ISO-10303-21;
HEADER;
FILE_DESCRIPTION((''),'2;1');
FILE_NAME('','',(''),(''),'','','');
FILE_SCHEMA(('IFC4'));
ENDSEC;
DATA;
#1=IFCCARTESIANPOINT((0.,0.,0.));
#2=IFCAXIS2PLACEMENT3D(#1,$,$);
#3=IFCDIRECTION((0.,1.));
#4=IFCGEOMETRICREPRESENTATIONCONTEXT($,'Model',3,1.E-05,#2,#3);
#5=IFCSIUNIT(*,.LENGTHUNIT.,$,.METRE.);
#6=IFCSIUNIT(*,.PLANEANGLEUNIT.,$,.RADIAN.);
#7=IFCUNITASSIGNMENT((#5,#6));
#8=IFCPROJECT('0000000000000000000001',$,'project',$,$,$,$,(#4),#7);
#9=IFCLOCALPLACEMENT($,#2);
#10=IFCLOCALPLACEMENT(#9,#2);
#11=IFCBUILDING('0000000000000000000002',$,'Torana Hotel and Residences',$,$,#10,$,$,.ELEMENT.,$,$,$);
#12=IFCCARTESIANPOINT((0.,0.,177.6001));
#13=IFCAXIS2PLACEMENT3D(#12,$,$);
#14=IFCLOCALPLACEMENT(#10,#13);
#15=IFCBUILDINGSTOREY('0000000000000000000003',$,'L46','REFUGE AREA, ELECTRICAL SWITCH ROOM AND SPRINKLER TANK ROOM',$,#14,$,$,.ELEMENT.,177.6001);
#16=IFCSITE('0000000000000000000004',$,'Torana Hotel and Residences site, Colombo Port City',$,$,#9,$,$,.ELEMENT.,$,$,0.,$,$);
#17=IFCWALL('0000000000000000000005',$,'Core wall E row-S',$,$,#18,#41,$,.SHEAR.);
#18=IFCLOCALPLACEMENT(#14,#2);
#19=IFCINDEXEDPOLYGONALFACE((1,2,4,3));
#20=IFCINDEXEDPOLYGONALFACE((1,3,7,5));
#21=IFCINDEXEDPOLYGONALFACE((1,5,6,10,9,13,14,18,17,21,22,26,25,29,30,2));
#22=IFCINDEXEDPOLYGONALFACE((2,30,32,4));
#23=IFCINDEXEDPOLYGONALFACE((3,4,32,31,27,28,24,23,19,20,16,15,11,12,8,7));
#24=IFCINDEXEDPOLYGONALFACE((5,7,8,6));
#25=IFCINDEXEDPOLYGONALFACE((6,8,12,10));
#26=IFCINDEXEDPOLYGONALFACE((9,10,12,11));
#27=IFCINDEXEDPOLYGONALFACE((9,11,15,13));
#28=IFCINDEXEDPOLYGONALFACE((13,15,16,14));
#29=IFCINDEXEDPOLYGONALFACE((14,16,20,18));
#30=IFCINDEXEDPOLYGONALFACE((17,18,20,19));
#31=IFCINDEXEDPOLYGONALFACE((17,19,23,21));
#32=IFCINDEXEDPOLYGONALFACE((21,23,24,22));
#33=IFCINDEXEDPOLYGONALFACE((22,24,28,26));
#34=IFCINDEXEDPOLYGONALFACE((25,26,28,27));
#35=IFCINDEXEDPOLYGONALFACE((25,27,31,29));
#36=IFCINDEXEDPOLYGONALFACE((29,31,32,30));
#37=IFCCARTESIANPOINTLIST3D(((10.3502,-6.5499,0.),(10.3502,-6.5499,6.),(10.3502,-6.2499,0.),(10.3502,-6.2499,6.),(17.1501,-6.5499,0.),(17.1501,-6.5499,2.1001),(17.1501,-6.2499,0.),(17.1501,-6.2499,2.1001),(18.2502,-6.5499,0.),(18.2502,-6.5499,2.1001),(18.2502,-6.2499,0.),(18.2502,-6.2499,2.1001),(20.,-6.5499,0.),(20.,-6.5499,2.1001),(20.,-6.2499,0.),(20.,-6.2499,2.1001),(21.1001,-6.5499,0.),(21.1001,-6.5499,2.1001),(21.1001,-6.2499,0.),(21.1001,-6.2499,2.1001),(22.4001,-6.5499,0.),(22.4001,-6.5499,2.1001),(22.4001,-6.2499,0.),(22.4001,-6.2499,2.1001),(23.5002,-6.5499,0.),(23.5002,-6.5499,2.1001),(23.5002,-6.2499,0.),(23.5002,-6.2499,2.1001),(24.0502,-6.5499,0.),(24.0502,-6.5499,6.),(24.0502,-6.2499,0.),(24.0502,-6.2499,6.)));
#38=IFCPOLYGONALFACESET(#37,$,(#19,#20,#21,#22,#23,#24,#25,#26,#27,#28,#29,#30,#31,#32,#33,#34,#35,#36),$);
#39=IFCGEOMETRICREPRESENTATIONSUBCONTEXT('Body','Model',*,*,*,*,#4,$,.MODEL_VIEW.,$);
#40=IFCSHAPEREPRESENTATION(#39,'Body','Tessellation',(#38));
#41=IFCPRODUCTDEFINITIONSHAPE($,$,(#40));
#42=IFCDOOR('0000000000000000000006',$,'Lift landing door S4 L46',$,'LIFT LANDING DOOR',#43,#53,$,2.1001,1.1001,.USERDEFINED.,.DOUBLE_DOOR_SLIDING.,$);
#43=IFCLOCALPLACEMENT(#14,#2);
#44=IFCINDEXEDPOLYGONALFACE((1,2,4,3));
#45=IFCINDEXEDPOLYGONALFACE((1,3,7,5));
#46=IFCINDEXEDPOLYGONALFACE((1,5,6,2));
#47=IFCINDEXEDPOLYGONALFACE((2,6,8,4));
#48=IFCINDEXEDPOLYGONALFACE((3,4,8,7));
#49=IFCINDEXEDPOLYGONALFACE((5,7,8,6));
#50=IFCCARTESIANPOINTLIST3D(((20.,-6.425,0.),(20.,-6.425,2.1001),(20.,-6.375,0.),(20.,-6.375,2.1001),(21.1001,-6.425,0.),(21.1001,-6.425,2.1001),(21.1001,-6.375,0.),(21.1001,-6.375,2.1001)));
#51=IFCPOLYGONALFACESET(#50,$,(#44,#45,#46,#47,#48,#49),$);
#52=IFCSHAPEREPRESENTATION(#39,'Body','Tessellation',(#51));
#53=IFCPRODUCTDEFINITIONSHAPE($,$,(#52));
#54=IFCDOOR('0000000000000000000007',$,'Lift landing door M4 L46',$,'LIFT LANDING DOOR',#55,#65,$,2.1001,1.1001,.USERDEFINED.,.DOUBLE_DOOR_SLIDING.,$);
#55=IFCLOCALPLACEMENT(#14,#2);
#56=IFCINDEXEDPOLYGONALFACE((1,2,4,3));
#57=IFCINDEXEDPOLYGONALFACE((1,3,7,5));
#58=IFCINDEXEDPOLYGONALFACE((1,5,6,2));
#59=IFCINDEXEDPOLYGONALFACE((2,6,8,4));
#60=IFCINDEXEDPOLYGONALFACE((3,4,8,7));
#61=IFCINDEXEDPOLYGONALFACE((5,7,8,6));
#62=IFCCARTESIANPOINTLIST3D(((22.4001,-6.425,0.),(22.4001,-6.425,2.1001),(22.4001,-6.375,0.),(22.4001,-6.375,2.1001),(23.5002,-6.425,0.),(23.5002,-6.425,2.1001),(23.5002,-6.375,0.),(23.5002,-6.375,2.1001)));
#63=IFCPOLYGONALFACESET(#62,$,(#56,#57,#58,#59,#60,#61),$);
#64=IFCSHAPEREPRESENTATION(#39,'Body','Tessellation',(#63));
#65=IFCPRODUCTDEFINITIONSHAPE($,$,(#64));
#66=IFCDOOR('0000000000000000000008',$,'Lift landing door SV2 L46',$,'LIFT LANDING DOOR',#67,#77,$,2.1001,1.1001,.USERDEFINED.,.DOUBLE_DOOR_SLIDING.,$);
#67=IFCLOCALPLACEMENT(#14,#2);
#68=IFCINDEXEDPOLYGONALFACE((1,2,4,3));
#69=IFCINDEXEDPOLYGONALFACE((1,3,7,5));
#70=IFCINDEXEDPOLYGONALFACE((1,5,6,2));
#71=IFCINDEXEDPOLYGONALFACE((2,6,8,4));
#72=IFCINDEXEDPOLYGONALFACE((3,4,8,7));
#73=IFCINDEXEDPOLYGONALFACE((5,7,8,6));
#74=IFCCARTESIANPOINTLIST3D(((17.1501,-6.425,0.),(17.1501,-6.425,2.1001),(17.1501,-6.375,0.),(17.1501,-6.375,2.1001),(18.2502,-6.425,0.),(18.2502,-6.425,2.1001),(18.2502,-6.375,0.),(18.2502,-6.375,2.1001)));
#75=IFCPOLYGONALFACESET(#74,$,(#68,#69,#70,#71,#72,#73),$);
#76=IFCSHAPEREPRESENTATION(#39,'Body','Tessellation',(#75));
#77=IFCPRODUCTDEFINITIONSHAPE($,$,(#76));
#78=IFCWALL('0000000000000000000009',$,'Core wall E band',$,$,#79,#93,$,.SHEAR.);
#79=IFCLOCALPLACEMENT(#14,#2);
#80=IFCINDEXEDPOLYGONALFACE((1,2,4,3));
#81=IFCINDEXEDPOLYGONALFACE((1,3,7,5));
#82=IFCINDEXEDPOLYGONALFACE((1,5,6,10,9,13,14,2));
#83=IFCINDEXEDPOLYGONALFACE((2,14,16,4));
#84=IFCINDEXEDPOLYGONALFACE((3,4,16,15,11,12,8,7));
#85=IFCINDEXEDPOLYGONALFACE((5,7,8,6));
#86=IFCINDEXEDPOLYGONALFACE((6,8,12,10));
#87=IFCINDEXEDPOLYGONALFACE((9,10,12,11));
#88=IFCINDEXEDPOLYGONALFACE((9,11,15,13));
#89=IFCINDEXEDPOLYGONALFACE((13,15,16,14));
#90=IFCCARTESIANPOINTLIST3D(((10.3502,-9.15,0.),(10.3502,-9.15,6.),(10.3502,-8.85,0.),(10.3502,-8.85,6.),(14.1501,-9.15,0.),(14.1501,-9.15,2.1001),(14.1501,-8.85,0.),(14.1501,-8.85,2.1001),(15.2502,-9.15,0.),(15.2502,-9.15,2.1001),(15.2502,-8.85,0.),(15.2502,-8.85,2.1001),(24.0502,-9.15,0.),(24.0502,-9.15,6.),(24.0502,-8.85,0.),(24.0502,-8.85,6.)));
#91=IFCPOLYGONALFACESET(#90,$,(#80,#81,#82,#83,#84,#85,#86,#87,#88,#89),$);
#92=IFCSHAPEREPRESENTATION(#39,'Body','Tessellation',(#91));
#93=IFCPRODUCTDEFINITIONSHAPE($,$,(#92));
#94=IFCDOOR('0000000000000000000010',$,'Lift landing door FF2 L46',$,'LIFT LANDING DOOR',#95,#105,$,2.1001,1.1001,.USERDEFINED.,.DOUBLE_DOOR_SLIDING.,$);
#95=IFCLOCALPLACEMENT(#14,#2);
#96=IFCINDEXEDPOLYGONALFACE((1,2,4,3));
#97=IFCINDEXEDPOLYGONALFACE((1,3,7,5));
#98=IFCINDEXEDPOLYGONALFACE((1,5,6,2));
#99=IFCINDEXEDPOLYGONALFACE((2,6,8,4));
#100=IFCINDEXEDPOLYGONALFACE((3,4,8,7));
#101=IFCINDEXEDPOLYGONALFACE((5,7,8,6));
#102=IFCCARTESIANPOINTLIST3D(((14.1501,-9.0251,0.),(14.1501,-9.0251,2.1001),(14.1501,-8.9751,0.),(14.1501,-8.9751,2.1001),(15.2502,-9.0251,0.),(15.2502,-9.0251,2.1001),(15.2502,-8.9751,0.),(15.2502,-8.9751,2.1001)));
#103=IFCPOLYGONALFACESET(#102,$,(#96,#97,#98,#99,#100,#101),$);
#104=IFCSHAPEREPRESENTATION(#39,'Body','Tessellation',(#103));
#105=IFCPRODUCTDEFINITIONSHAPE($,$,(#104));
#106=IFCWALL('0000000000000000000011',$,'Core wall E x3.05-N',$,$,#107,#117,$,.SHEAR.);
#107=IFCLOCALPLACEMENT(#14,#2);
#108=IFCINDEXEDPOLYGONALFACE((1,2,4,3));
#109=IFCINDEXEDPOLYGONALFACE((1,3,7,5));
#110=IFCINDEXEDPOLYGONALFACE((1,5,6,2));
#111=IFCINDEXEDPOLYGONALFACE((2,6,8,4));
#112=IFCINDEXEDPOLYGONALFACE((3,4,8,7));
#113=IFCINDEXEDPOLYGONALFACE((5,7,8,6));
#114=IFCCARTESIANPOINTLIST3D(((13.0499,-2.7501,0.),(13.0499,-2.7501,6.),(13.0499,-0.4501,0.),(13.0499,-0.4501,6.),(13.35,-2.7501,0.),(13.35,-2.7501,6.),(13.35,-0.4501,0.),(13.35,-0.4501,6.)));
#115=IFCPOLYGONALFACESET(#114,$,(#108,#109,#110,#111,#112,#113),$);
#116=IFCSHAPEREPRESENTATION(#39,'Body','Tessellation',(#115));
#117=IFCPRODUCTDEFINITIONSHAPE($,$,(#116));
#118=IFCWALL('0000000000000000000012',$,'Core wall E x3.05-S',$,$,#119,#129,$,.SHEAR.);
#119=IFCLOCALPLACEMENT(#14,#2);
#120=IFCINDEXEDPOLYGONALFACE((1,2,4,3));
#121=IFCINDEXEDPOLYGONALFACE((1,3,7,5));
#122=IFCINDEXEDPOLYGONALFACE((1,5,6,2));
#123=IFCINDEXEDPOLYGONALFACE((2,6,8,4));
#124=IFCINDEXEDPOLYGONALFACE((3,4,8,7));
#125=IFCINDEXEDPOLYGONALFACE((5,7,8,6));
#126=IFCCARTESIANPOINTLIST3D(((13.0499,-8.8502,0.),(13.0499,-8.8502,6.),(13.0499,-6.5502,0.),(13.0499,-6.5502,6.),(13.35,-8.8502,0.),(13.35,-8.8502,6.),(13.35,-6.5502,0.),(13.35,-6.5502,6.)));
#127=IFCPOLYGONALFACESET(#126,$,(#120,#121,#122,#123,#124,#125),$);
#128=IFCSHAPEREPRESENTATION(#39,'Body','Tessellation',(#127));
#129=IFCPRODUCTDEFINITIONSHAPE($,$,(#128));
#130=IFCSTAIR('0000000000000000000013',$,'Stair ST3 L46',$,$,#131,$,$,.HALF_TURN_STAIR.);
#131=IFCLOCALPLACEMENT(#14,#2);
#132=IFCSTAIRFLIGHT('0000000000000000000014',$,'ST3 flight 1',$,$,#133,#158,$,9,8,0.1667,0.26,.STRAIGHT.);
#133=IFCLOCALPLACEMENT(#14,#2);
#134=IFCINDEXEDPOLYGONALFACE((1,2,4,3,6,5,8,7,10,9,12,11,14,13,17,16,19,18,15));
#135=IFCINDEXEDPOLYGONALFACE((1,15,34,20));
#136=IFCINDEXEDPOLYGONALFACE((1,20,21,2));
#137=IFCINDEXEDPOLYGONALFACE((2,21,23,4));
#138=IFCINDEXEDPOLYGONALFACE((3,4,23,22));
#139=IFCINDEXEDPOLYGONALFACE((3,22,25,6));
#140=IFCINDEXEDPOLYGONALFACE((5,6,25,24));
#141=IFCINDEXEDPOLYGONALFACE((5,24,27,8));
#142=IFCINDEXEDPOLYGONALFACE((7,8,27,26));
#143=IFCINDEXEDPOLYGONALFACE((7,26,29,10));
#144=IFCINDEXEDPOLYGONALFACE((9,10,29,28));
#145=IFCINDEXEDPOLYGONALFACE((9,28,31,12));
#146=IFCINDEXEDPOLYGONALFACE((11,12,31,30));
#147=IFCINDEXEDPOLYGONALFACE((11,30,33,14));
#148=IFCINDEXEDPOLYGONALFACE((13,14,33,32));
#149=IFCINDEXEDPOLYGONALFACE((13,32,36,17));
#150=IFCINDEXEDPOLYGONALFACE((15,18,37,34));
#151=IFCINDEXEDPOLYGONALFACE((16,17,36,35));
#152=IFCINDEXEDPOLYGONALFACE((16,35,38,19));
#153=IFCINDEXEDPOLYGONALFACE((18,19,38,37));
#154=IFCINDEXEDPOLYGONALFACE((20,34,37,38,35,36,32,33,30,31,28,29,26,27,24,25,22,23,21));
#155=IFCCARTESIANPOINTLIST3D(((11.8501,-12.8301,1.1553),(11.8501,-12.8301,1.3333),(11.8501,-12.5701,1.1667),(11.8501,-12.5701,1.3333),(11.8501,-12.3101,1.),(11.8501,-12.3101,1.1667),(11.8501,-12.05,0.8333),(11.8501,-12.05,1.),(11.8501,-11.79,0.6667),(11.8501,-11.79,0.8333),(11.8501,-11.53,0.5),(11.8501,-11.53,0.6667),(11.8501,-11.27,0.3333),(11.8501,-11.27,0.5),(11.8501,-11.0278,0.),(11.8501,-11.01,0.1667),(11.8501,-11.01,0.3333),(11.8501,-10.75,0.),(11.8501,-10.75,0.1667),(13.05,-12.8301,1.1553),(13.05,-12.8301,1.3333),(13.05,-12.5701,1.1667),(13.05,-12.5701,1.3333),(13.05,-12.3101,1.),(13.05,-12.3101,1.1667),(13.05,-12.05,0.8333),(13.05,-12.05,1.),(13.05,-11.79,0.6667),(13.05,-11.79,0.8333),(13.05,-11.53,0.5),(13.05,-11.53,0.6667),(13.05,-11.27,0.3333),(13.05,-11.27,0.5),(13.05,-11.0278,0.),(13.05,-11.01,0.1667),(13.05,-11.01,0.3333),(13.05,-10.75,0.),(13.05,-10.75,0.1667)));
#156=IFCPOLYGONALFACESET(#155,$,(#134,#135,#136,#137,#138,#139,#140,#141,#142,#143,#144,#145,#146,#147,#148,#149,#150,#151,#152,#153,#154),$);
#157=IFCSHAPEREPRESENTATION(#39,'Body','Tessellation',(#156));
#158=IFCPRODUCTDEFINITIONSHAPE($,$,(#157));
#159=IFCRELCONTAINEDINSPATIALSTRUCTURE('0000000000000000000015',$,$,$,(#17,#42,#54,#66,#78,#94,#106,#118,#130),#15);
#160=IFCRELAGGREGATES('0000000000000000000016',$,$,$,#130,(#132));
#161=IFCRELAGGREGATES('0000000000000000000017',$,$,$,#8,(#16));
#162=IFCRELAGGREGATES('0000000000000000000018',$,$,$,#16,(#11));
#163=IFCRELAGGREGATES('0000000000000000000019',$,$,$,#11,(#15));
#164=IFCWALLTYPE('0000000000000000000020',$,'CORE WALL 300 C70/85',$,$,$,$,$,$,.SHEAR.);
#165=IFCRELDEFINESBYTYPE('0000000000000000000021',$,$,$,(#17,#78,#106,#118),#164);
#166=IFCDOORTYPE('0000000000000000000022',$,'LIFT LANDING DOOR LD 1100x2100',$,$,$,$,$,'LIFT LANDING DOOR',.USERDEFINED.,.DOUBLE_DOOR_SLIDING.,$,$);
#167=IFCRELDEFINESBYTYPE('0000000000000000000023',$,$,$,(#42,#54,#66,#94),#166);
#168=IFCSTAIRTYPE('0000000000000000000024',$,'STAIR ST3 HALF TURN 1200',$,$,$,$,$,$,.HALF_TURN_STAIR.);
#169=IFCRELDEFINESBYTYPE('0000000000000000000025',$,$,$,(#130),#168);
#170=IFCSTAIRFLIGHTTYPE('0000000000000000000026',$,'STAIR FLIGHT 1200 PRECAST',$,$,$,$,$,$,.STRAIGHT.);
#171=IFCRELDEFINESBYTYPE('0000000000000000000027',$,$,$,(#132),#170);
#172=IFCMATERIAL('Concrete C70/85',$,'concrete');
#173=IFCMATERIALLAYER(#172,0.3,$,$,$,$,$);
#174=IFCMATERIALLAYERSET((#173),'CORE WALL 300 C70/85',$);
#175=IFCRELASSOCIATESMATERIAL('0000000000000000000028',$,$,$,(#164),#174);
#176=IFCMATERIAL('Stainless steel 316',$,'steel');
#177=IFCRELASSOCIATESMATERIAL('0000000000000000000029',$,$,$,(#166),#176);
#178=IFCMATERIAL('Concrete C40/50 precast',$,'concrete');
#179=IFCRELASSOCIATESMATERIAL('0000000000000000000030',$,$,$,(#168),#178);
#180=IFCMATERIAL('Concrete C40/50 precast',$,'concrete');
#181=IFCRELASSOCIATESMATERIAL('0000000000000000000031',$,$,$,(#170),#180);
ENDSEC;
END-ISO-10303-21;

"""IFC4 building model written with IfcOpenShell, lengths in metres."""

from ifc_helpers import new_model, si_unit, direction, frame, frame_2d, origin, place, context, subcontext, project, spatial, polyline, rectangle, outline, extrude, material, layer, layer_set, type_object, element, fill, aggregate, save


model = new_model("IFC4")

# Units and contexts
model_context = context("Model", 3, precision=1e-05, world=origin(), true_north=direction((0.0, 1.0)))
body_context = subcontext(model_context, "Body", "Model", "MODEL_VIEW")
ifc_project = project(units=[si_unit("LENGTHUNIT", "METRE"), si_unit("PLANEANGLEUNIT", "RADIAN")], contexts=[model_context])

# Site, building, storey
site_placement = place(None, origin())
site = spatial("IfcSite", under=ifc_project, at=site_placement, Name="Torana Hotel and Residences site, Colombo Port City", CompositionType="ELEMENT", RefElevation=0.0)
building_placement = place(site_placement, origin())
building = spatial("IfcBuilding", under=site, at=building_placement, Name="Torana Hotel and Residences", CompositionType="ELEMENT")
storey_placement = place(building_placement, frame((0.0, 0.0, 177.6001)))
storey = spatial("IfcBuildingStorey", under=building, at=storey_placement, Name="L46", Description="REFUGE AREA, ELECTRICAL SWITCH ROOM AND SPRINKLER TANK ROOM", CompositionType="ELEMENT", Elevation=177.6001)

# Wall, openings, doors
ifc_material_1 = material(Name="Concrete C70/85", Category="concrete")
ifc_layer = layer(ifc_material_1, 0.3)
ifc_layer_set = layer_set([ifc_layer], Name="CORE WALL 300 C70/85")
wall_type = type_object("IfcWallType", Name="CORE WALL 300 C70/85", PredefinedType="SHEAR", material=ifc_layer_set)
ifc_material_2 = material(Name="Stainless steel 316", Category="steel")
door_type_1 = type_object("IfcDoorType", Name="LIFT LANDING DOOR LD 1100x2100", ElementType="LIFT LANDING DOOR", OperationType="DOUBLE_DOOR_SLIDING", PredefinedType="USERDEFINED", material=ifc_material_2)
wall_1_placement = place(storey_placement, frame((10.3501, -6.3999, 0.0), z_axis=(0.0, 0.0, 1.0), x_axis=(1.0, 0.0, 0.0)))
wall_1 = element("IfcWall", 1, at=wall_1_placement, inside=storey, type_object=wall_type, Name="Core wall E row-S", PredefinedType="SHEAR", context=body_context, shape_type="SweptSolid", body=[
    extrude(rectangle(XDim=13.7, YDim=0.3, at=frame_2d((6.8501, 0.0))), origin(), (0.0, 0.0, 1.0), 6.0),
])
opening_1_placement = place(wall_1_placement, frame((9.6499, 0.0, 0.0)))
opening_1 = element("IfcOpeningElement", 2, at=opening_1_placement, cuts=wall_1, PredefinedType="OPENING", context=body_context, shape_type="SweptSolid", body=[
    extrude(rectangle(XDim=1.1001, YDim=2.1001, at=frame_2d((0.55, 1.05))), frame((0.0, 0.1599, 0.0), z_axis=(0.0, -1.0, 0.0), x_axis=(1.0, 0.0, 0.0)), (0.0, 0.0, 1.0), 0.3201),
])
opening_2_placement = place(wall_1_placement, frame((12.05, 0.0, 0.0)))
opening_2 = element("IfcOpeningElement", 3, at=opening_2_placement, cuts=wall_1, PredefinedType="OPENING", context=body_context, shape_type="SweptSolid", body=[
    extrude(rectangle(XDim=1.1001, YDim=2.1001, at=frame_2d((0.55, 1.05))), frame((0.0, 0.1599, 0.0), z_axis=(0.0, -1.0, 0.0), x_axis=(1.0, 0.0, 0.0)), (0.0, 0.0, 1.0), 0.3201),
])
opening_3_placement = place(wall_1_placement, frame((6.8, 0.0, 0.0)))
opening_3 = element("IfcOpeningElement", 4, at=opening_3_placement, cuts=wall_1, PredefinedType="OPENING", context=body_context, shape_type="SweptSolid", body=[
    extrude(rectangle(XDim=1.1001, YDim=2.1001, at=frame_2d((0.55, 1.05))), frame((0.0, 0.1599, 0.0), z_axis=(0.0, -1.0, 0.0), x_axis=(1.0, 0.0, 0.0)), (0.0, 0.0, 1.0), 0.3201),
])
door_1_placement = place(opening_1_placement, origin())
door_1 = element("IfcDoor", 5, at=door_1_placement, inside=storey, type_object=door_type_1, Name="Lift landing door S4 L46", ObjectType="LIFT LANDING DOOR", OperationType="DOUBLE_DOOR_SLIDING", OverallHeight=2.1001, OverallWidth=1.1001, PredefinedType="USERDEFINED", context=body_context, shape_type="SweptSolid", body=[
    extrude(rectangle(XDim=1.1001, YDim=2.1001, at=frame_2d((0.55, 1.05))), frame((0.0, 0.0249, 0.0), z_axis=(0.0, -1.0, 0.0), x_axis=(1.0, 0.0, 0.0)), (0.0, 0.0, 1.0), 0.05),
])
fill(opening_1, door_1)
door_2_placement = place(opening_2_placement, origin())
door_2 = element("IfcDoor", 6, at=door_2_placement, inside=storey, type_object=door_type_1, Name="Lift landing door M4 L46", ObjectType="LIFT LANDING DOOR", OperationType="DOUBLE_DOOR_SLIDING", OverallHeight=2.1001, OverallWidth=1.1001, PredefinedType="USERDEFINED", context=body_context, shape_type="SweptSolid", body=[
    extrude(rectangle(XDim=1.1001, YDim=2.1001, at=frame_2d((0.55, 1.05))), frame((0.0, 0.0249, 0.0), z_axis=(0.0, -1.0, 0.0), x_axis=(1.0, 0.0, 0.0)), (0.0, 0.0, 1.0), 0.05),
])
fill(opening_2, door_2)
door_3_placement = place(opening_3_placement, origin())
door_3 = element("IfcDoor", 7, at=door_3_placement, inside=storey, type_object=door_type_1, Name="Lift landing door SV2 L46", ObjectType="LIFT LANDING DOOR", OperationType="DOUBLE_DOOR_SLIDING", OverallHeight=2.1001, OverallWidth=1.1001, PredefinedType="USERDEFINED", context=body_context, shape_type="SweptSolid", body=[
    extrude(rectangle(XDim=1.1001, YDim=2.1001, at=frame_2d((0.55, 1.05))), frame((0.0, 0.0249, 0.0), z_axis=(0.0, -1.0, 0.0), x_axis=(1.0, 0.0, 0.0)), (0.0, 0.0, 1.0), 0.05),
])
fill(opening_3, door_3)

# Wall, opening, door
wall_2_placement = place(storey_placement, frame((10.3501, -9.0, 0.0), z_axis=(0.0, 0.0, 1.0), x_axis=(1.0, 0.0, 0.0)))
wall_2 = element("IfcWall", 8, at=wall_2_placement, inside=storey, type_object=wall_type, Name="Core wall E band", PredefinedType="SHEAR", context=body_context, shape_type="SweptSolid", body=[
    extrude(rectangle(XDim=13.7, YDim=0.3, at=frame_2d((6.8501, 0.0))), origin(), (0.0, 0.0, 1.0), 6.0),
])
opening_4_placement = place(wall_2_placement, frame((3.8, 0.0, 0.0)))
opening_4 = element("IfcOpeningElement", 9, at=opening_4_placement, cuts=wall_2, PredefinedType="OPENING", context=body_context, shape_type="SweptSolid", body=[
    extrude(rectangle(XDim=1.1001, YDim=2.1001, at=frame_2d((0.55, 1.05))), frame((0.0, 0.1599, 0.0), z_axis=(0.0, -1.0, 0.0), x_axis=(1.0, 0.0, 0.0)), (0.0, 0.0, 1.0), 0.3201),
])
door_4_placement = place(opening_4_placement, origin())
door_4 = element("IfcDoor", 10, at=door_4_placement, inside=storey, type_object=door_type_1, Name="Lift landing door FF2 L46", ObjectType="LIFT LANDING DOOR", OperationType="DOUBLE_DOOR_SLIDING", OverallHeight=2.1001, OverallWidth=1.1001, PredefinedType="USERDEFINED", context=body_context, shape_type="SweptSolid", body=[
    extrude(rectangle(XDim=1.1001, YDim=2.1001, at=frame_2d((0.55, 1.05))), frame((0.0, 0.0249, 0.0), z_axis=(0.0, -1.0, 0.0), x_axis=(1.0, 0.0, 0.0)), (0.0, 0.0, 1.0), 0.05),
])
fill(opening_4, door_4)

# Walls
for number, where, z_axis, x_axis, name in (
    (11, (13.2, -2.75, 0.0), (0.0, 0.0, 1.0), (0.0, 1.0, 0.0), "Core wall E x3.05-N"),
    (12, (13.2, -8.8501, 0.0), (0.0, 0.0, 1.0), (0.0, 1.0, 0.0), "Core wall E x3.05-S"),
):
    element("IfcWall", number, at=place(storey_placement, frame(where, z_axis=z_axis, x_axis=x_axis)), inside=storey, type_object=wall_type, Name=name, PredefinedType="SHEAR", context=body_context, shape_type="SweptSolid", body=[
        extrude(rectangle(XDim=2.3, YDim=0.3, at=frame_2d((1.1499, 0.0))), origin(), (0.0, 0.0, 1.0), 6.0),
    ])

# Stair, stair flight
ifc_material_3 = material(Name="Concrete C40/50 precast", Category="concrete")
stair_type = type_object("IfcStairType", Name="STAIR ST3 HALF TURN 1200", PredefinedType="HALF_TURN_STAIR", material=ifc_material_3)
stair_placement = place(storey_placement, origin())
stair = element("IfcStair", 13, at=stair_placement, inside=storey, type_object=stair_type, Name="Stair ST3 L46", PredefinedType="HALF_TURN_STAIR")
ifc_material_4 = material(Name="Concrete C40/50 precast", Category="concrete")
stair_flight_type = type_object("IfcStairFlightType", Name="STAIR FLIGHT 1200 PRECAST", PredefinedType="STRAIGHT", material=ifc_material_4)
stair_flight_1_placement = place(storey_placement, frame((12.45, -10.75, 0.0), z_axis=(0.0, 0.0, 1.0), x_axis=(0.0, -1.0, 0.0)))
stair_flight_1 = element("IfcStairFlight", 14, at=stair_flight_1_placement, type_object=stair_flight_type, Name="ST3 flight 1", NumberOfRisers=9, NumberOfTreads=8, PredefinedType="STRAIGHT", RiserHeight=0.1667, TreadLength=0.26, context=body_context, shape_type="SweptSolid", body=[
    extrude(outline(polyline([(0.0, 0.0), (0.0, 0.1667), (0.26, 0.1667), (0.26, 0.3333), (0.52, 0.3333), (0.52, 0.5), (0.78, 0.5), (0.78, 0.6667), (1.04, 0.6667), (1.04, 0.8333), (1.3, 0.8333), (1.3, 1.0), (1.5601, 1.0), (1.5601, 1.1667), (1.8201, 1.1667), (1.8201, 1.3333), (2.0801, 1.3333), (2.0801, 1.5), (2.0801, 1.1553), (0.2778, 0.0), (0.0, 0.0)])), frame((0.0, 0.6001, 0.0), z_axis=(0.0, -1.0, 0.0), x_axis=(1.0, 0.0, 0.0)), (0.0, 0.0, 1.0), 1.2),
])
aggregate(stair, [stair_flight_1])

save(model, "model.ifc")
